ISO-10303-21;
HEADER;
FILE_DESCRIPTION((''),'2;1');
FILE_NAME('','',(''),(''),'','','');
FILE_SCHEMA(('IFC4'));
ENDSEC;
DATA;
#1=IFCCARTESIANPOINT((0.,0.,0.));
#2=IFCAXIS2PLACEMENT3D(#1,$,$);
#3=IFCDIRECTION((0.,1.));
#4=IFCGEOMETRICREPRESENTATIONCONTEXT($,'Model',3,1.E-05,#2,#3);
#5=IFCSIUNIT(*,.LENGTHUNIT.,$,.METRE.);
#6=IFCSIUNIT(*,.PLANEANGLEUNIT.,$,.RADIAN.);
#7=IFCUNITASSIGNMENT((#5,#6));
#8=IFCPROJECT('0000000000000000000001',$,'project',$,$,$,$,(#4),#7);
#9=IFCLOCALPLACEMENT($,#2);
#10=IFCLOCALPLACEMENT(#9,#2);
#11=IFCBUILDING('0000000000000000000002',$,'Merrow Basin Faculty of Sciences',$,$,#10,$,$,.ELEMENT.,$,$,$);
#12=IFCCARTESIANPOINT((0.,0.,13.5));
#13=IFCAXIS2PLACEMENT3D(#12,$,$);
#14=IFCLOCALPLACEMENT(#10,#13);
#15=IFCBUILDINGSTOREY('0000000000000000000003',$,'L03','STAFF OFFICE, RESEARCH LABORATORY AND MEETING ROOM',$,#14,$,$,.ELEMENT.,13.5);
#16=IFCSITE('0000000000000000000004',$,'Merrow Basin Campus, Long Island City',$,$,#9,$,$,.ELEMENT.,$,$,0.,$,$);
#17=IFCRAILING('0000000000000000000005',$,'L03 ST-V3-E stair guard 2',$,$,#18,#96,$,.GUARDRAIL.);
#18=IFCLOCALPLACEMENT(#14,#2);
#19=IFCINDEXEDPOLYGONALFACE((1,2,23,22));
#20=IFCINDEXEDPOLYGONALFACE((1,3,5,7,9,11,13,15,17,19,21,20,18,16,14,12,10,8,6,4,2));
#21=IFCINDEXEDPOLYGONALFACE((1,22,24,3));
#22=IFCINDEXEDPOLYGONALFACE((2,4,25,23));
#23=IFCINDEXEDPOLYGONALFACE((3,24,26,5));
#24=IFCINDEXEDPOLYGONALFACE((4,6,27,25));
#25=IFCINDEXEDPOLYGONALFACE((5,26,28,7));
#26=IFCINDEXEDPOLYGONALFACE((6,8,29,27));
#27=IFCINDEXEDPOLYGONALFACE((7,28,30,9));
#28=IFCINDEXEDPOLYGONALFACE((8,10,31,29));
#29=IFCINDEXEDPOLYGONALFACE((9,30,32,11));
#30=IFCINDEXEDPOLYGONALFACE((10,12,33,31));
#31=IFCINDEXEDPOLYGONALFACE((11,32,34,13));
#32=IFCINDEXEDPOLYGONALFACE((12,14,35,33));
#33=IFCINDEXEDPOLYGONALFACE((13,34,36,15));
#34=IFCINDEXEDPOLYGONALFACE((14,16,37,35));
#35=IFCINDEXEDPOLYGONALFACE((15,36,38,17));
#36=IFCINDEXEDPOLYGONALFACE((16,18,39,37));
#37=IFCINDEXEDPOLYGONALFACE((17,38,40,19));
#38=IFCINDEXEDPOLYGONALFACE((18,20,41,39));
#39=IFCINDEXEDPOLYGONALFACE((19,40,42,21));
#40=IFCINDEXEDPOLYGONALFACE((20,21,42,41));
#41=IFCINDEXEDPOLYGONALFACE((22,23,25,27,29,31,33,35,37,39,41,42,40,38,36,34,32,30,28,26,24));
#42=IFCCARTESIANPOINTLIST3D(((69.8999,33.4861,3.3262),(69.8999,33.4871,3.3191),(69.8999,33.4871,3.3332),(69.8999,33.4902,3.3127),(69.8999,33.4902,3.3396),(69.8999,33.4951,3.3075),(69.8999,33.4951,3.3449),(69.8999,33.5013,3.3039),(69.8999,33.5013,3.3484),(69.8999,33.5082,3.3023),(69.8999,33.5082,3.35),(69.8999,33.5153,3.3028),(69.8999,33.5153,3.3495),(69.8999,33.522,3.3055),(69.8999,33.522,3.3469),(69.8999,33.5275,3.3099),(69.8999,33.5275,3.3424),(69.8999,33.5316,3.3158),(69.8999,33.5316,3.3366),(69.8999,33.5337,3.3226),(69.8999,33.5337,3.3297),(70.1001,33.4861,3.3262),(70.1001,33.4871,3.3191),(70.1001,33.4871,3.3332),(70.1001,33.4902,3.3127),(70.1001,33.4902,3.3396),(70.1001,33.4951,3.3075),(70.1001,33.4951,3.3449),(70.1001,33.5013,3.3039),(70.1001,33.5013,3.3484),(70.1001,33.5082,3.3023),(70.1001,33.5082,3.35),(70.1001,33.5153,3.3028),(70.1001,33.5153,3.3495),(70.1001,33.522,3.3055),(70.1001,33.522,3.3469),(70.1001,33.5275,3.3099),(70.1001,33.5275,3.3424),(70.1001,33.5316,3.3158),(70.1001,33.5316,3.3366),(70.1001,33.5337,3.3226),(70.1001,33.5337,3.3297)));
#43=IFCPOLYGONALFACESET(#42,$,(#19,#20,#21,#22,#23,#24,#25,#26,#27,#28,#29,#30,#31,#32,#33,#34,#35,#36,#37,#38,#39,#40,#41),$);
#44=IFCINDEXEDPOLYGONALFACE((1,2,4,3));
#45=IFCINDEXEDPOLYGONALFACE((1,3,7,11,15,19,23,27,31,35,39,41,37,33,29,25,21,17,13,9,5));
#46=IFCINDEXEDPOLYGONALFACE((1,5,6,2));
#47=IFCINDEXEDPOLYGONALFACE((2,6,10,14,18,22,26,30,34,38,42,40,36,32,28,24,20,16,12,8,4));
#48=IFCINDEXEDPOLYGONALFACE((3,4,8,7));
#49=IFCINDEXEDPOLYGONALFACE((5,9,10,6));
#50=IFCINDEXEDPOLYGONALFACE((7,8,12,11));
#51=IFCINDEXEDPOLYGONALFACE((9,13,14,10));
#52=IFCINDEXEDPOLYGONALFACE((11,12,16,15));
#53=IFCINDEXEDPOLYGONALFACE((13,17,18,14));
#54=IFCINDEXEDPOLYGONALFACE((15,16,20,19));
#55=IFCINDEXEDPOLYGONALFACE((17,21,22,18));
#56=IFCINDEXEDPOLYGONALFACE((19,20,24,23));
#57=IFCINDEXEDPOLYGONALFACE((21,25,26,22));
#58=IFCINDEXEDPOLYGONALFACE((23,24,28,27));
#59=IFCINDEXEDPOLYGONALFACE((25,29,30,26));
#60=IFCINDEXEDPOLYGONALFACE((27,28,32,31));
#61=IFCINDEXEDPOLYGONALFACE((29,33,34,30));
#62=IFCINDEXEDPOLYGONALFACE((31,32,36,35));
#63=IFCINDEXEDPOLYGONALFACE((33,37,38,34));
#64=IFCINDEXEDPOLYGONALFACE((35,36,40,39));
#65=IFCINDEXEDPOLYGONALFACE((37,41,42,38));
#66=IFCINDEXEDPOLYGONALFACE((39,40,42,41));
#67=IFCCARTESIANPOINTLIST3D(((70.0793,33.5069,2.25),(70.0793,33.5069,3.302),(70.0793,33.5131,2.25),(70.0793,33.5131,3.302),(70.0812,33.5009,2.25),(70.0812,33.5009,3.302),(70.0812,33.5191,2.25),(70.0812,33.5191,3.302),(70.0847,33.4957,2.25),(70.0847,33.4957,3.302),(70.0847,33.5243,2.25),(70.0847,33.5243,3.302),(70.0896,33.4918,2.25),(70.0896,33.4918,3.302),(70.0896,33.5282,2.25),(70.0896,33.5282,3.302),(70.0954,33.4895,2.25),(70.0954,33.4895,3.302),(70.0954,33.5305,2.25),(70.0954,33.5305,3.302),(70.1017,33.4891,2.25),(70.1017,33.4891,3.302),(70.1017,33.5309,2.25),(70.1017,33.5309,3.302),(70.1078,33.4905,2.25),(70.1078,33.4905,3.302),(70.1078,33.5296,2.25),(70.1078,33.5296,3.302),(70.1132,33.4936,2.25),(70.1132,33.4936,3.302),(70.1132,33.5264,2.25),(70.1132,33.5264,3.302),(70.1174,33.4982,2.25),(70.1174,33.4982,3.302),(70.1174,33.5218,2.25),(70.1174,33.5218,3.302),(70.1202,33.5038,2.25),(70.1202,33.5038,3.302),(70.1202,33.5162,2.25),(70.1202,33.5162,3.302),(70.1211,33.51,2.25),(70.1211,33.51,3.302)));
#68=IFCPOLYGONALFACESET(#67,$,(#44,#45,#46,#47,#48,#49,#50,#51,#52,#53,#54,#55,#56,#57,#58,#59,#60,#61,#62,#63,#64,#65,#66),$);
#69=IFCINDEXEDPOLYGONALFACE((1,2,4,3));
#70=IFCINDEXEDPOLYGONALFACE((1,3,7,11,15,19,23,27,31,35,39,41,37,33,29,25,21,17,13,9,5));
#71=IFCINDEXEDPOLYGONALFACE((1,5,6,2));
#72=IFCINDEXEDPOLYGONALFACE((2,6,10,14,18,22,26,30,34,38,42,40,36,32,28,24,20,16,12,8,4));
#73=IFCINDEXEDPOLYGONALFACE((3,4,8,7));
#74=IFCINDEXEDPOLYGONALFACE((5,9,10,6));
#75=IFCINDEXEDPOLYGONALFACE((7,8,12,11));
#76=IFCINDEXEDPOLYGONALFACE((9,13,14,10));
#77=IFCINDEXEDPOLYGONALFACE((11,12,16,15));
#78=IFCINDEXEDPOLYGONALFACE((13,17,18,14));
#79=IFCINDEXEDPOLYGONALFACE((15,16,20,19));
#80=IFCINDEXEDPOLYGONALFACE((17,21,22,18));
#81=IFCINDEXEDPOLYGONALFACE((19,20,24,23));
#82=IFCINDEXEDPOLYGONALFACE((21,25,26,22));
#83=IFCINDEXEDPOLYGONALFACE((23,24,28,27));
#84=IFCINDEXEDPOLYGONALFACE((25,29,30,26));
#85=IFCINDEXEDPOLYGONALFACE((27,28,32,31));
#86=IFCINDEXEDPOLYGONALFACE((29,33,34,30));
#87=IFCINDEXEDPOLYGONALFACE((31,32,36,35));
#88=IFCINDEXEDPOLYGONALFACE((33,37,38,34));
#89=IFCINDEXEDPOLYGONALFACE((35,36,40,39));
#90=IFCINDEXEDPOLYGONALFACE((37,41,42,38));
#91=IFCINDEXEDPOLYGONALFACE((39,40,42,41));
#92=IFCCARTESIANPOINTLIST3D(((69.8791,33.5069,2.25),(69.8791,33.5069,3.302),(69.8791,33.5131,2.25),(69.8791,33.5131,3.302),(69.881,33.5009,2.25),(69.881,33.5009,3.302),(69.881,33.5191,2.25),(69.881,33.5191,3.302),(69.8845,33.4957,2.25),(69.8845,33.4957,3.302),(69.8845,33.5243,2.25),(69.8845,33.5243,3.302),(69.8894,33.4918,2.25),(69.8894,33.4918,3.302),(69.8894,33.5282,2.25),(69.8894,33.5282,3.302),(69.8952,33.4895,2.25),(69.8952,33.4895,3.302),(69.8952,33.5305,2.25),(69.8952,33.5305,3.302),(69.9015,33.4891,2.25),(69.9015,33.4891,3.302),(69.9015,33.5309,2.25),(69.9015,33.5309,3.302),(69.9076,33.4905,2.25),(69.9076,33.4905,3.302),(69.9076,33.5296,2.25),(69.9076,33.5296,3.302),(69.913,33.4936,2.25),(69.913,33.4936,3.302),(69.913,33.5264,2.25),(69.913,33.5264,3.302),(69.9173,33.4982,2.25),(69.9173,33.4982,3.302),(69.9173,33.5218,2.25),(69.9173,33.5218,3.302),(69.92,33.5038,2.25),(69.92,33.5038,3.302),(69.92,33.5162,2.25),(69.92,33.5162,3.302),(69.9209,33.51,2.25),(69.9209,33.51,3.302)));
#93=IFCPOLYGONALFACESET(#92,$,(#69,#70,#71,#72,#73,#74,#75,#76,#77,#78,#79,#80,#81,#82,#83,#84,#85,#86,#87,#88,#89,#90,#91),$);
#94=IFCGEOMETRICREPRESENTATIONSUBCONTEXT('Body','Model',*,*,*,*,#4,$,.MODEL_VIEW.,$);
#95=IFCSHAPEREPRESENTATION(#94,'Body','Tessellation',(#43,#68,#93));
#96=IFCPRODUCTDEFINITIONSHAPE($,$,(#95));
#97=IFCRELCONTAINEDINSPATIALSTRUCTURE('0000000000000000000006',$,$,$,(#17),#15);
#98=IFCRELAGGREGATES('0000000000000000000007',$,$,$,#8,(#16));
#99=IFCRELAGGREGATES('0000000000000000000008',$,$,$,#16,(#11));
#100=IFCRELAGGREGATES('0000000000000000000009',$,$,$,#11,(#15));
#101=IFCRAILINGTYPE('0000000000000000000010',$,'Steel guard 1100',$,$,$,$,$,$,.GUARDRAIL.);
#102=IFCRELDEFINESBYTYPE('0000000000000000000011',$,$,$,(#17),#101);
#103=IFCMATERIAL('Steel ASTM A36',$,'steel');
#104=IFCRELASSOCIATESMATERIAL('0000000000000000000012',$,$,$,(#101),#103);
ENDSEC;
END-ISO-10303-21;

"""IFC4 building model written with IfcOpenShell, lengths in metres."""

from ifc_helpers import new_model, si_unit, direction, frame, origin, origin_2d, place, context, subcontext, project, spatial, circle, extrude, material, type_object, element, save


model = new_model("IFC4")

# Units and contexts
model_context = context("Model", 3, precision=1e-05, world=origin(), true_north=direction((0.0, 1.0)))
body_context = subcontext(model_context, "Body", "Model", "MODEL_VIEW")
ifc_project = project(units=[si_unit("LENGTHUNIT", "METRE"), si_unit("PLANEANGLEUNIT", "RADIAN")], contexts=[model_context])

# Site, building, storey
site_placement = place(None, origin())
site = spatial("IfcSite", under=ifc_project, at=site_placement, Name="Merrow Basin Campus, Long Island City", CompositionType="ELEMENT", RefElevation=0.0)
building_placement = place(site_placement, origin())
building = spatial("IfcBuilding", under=site, at=building_placement, Name="Merrow Basin Faculty of Sciences", CompositionType="ELEMENT")
storey_placement = place(building_placement, frame((0.0, 0.0, 13.5)))
storey = spatial("IfcBuildingStorey", under=building, at=storey_placement, Name="L03", Description="STAFF OFFICE, RESEARCH LABORATORY AND MEETING ROOM", CompositionType="ELEMENT", Elevation=13.5)

# Railing
ifc_material_1 = material(Name="Steel ASTM A36", Category="steel")
railing_type_1 = type_object("IfcRailingType", Name="Steel guard 1100", PredefinedType="GUARDRAIL", material=ifc_material_1)
railing_1_placement = place(storey_placement, frame((70.1001, 33.51, 2.25)))
element("IfcRailing", 1, at=railing_1_placement, inside=storey, type_object=railing_type_1, Name="L03 ST-V3-E stair guard 2", PredefinedType="GUARDRAIL", context=body_context, shape_type="SweptSolid", body=[
    extrude(circle(Radius=0.0239, at=origin_2d()), frame((0.0, 0.0, 1.0762), z_axis=(-1.0, 0.0, 0.0), x_axis=(0.0, -1.0, 0.0)), (0.0, 0.0, 1.0), 0.2002),
    extrude(circle(Radius=0.021, at=origin_2d()), origin(), (0.0, 0.0, 1.0), 1.052),
    extrude(circle(Radius=0.021, at=origin_2d()), frame((-0.2002, 0.0, 0.0)), (0.0, 0.0, 1.0), 1.052),
])

save(model, "model.ifc")
